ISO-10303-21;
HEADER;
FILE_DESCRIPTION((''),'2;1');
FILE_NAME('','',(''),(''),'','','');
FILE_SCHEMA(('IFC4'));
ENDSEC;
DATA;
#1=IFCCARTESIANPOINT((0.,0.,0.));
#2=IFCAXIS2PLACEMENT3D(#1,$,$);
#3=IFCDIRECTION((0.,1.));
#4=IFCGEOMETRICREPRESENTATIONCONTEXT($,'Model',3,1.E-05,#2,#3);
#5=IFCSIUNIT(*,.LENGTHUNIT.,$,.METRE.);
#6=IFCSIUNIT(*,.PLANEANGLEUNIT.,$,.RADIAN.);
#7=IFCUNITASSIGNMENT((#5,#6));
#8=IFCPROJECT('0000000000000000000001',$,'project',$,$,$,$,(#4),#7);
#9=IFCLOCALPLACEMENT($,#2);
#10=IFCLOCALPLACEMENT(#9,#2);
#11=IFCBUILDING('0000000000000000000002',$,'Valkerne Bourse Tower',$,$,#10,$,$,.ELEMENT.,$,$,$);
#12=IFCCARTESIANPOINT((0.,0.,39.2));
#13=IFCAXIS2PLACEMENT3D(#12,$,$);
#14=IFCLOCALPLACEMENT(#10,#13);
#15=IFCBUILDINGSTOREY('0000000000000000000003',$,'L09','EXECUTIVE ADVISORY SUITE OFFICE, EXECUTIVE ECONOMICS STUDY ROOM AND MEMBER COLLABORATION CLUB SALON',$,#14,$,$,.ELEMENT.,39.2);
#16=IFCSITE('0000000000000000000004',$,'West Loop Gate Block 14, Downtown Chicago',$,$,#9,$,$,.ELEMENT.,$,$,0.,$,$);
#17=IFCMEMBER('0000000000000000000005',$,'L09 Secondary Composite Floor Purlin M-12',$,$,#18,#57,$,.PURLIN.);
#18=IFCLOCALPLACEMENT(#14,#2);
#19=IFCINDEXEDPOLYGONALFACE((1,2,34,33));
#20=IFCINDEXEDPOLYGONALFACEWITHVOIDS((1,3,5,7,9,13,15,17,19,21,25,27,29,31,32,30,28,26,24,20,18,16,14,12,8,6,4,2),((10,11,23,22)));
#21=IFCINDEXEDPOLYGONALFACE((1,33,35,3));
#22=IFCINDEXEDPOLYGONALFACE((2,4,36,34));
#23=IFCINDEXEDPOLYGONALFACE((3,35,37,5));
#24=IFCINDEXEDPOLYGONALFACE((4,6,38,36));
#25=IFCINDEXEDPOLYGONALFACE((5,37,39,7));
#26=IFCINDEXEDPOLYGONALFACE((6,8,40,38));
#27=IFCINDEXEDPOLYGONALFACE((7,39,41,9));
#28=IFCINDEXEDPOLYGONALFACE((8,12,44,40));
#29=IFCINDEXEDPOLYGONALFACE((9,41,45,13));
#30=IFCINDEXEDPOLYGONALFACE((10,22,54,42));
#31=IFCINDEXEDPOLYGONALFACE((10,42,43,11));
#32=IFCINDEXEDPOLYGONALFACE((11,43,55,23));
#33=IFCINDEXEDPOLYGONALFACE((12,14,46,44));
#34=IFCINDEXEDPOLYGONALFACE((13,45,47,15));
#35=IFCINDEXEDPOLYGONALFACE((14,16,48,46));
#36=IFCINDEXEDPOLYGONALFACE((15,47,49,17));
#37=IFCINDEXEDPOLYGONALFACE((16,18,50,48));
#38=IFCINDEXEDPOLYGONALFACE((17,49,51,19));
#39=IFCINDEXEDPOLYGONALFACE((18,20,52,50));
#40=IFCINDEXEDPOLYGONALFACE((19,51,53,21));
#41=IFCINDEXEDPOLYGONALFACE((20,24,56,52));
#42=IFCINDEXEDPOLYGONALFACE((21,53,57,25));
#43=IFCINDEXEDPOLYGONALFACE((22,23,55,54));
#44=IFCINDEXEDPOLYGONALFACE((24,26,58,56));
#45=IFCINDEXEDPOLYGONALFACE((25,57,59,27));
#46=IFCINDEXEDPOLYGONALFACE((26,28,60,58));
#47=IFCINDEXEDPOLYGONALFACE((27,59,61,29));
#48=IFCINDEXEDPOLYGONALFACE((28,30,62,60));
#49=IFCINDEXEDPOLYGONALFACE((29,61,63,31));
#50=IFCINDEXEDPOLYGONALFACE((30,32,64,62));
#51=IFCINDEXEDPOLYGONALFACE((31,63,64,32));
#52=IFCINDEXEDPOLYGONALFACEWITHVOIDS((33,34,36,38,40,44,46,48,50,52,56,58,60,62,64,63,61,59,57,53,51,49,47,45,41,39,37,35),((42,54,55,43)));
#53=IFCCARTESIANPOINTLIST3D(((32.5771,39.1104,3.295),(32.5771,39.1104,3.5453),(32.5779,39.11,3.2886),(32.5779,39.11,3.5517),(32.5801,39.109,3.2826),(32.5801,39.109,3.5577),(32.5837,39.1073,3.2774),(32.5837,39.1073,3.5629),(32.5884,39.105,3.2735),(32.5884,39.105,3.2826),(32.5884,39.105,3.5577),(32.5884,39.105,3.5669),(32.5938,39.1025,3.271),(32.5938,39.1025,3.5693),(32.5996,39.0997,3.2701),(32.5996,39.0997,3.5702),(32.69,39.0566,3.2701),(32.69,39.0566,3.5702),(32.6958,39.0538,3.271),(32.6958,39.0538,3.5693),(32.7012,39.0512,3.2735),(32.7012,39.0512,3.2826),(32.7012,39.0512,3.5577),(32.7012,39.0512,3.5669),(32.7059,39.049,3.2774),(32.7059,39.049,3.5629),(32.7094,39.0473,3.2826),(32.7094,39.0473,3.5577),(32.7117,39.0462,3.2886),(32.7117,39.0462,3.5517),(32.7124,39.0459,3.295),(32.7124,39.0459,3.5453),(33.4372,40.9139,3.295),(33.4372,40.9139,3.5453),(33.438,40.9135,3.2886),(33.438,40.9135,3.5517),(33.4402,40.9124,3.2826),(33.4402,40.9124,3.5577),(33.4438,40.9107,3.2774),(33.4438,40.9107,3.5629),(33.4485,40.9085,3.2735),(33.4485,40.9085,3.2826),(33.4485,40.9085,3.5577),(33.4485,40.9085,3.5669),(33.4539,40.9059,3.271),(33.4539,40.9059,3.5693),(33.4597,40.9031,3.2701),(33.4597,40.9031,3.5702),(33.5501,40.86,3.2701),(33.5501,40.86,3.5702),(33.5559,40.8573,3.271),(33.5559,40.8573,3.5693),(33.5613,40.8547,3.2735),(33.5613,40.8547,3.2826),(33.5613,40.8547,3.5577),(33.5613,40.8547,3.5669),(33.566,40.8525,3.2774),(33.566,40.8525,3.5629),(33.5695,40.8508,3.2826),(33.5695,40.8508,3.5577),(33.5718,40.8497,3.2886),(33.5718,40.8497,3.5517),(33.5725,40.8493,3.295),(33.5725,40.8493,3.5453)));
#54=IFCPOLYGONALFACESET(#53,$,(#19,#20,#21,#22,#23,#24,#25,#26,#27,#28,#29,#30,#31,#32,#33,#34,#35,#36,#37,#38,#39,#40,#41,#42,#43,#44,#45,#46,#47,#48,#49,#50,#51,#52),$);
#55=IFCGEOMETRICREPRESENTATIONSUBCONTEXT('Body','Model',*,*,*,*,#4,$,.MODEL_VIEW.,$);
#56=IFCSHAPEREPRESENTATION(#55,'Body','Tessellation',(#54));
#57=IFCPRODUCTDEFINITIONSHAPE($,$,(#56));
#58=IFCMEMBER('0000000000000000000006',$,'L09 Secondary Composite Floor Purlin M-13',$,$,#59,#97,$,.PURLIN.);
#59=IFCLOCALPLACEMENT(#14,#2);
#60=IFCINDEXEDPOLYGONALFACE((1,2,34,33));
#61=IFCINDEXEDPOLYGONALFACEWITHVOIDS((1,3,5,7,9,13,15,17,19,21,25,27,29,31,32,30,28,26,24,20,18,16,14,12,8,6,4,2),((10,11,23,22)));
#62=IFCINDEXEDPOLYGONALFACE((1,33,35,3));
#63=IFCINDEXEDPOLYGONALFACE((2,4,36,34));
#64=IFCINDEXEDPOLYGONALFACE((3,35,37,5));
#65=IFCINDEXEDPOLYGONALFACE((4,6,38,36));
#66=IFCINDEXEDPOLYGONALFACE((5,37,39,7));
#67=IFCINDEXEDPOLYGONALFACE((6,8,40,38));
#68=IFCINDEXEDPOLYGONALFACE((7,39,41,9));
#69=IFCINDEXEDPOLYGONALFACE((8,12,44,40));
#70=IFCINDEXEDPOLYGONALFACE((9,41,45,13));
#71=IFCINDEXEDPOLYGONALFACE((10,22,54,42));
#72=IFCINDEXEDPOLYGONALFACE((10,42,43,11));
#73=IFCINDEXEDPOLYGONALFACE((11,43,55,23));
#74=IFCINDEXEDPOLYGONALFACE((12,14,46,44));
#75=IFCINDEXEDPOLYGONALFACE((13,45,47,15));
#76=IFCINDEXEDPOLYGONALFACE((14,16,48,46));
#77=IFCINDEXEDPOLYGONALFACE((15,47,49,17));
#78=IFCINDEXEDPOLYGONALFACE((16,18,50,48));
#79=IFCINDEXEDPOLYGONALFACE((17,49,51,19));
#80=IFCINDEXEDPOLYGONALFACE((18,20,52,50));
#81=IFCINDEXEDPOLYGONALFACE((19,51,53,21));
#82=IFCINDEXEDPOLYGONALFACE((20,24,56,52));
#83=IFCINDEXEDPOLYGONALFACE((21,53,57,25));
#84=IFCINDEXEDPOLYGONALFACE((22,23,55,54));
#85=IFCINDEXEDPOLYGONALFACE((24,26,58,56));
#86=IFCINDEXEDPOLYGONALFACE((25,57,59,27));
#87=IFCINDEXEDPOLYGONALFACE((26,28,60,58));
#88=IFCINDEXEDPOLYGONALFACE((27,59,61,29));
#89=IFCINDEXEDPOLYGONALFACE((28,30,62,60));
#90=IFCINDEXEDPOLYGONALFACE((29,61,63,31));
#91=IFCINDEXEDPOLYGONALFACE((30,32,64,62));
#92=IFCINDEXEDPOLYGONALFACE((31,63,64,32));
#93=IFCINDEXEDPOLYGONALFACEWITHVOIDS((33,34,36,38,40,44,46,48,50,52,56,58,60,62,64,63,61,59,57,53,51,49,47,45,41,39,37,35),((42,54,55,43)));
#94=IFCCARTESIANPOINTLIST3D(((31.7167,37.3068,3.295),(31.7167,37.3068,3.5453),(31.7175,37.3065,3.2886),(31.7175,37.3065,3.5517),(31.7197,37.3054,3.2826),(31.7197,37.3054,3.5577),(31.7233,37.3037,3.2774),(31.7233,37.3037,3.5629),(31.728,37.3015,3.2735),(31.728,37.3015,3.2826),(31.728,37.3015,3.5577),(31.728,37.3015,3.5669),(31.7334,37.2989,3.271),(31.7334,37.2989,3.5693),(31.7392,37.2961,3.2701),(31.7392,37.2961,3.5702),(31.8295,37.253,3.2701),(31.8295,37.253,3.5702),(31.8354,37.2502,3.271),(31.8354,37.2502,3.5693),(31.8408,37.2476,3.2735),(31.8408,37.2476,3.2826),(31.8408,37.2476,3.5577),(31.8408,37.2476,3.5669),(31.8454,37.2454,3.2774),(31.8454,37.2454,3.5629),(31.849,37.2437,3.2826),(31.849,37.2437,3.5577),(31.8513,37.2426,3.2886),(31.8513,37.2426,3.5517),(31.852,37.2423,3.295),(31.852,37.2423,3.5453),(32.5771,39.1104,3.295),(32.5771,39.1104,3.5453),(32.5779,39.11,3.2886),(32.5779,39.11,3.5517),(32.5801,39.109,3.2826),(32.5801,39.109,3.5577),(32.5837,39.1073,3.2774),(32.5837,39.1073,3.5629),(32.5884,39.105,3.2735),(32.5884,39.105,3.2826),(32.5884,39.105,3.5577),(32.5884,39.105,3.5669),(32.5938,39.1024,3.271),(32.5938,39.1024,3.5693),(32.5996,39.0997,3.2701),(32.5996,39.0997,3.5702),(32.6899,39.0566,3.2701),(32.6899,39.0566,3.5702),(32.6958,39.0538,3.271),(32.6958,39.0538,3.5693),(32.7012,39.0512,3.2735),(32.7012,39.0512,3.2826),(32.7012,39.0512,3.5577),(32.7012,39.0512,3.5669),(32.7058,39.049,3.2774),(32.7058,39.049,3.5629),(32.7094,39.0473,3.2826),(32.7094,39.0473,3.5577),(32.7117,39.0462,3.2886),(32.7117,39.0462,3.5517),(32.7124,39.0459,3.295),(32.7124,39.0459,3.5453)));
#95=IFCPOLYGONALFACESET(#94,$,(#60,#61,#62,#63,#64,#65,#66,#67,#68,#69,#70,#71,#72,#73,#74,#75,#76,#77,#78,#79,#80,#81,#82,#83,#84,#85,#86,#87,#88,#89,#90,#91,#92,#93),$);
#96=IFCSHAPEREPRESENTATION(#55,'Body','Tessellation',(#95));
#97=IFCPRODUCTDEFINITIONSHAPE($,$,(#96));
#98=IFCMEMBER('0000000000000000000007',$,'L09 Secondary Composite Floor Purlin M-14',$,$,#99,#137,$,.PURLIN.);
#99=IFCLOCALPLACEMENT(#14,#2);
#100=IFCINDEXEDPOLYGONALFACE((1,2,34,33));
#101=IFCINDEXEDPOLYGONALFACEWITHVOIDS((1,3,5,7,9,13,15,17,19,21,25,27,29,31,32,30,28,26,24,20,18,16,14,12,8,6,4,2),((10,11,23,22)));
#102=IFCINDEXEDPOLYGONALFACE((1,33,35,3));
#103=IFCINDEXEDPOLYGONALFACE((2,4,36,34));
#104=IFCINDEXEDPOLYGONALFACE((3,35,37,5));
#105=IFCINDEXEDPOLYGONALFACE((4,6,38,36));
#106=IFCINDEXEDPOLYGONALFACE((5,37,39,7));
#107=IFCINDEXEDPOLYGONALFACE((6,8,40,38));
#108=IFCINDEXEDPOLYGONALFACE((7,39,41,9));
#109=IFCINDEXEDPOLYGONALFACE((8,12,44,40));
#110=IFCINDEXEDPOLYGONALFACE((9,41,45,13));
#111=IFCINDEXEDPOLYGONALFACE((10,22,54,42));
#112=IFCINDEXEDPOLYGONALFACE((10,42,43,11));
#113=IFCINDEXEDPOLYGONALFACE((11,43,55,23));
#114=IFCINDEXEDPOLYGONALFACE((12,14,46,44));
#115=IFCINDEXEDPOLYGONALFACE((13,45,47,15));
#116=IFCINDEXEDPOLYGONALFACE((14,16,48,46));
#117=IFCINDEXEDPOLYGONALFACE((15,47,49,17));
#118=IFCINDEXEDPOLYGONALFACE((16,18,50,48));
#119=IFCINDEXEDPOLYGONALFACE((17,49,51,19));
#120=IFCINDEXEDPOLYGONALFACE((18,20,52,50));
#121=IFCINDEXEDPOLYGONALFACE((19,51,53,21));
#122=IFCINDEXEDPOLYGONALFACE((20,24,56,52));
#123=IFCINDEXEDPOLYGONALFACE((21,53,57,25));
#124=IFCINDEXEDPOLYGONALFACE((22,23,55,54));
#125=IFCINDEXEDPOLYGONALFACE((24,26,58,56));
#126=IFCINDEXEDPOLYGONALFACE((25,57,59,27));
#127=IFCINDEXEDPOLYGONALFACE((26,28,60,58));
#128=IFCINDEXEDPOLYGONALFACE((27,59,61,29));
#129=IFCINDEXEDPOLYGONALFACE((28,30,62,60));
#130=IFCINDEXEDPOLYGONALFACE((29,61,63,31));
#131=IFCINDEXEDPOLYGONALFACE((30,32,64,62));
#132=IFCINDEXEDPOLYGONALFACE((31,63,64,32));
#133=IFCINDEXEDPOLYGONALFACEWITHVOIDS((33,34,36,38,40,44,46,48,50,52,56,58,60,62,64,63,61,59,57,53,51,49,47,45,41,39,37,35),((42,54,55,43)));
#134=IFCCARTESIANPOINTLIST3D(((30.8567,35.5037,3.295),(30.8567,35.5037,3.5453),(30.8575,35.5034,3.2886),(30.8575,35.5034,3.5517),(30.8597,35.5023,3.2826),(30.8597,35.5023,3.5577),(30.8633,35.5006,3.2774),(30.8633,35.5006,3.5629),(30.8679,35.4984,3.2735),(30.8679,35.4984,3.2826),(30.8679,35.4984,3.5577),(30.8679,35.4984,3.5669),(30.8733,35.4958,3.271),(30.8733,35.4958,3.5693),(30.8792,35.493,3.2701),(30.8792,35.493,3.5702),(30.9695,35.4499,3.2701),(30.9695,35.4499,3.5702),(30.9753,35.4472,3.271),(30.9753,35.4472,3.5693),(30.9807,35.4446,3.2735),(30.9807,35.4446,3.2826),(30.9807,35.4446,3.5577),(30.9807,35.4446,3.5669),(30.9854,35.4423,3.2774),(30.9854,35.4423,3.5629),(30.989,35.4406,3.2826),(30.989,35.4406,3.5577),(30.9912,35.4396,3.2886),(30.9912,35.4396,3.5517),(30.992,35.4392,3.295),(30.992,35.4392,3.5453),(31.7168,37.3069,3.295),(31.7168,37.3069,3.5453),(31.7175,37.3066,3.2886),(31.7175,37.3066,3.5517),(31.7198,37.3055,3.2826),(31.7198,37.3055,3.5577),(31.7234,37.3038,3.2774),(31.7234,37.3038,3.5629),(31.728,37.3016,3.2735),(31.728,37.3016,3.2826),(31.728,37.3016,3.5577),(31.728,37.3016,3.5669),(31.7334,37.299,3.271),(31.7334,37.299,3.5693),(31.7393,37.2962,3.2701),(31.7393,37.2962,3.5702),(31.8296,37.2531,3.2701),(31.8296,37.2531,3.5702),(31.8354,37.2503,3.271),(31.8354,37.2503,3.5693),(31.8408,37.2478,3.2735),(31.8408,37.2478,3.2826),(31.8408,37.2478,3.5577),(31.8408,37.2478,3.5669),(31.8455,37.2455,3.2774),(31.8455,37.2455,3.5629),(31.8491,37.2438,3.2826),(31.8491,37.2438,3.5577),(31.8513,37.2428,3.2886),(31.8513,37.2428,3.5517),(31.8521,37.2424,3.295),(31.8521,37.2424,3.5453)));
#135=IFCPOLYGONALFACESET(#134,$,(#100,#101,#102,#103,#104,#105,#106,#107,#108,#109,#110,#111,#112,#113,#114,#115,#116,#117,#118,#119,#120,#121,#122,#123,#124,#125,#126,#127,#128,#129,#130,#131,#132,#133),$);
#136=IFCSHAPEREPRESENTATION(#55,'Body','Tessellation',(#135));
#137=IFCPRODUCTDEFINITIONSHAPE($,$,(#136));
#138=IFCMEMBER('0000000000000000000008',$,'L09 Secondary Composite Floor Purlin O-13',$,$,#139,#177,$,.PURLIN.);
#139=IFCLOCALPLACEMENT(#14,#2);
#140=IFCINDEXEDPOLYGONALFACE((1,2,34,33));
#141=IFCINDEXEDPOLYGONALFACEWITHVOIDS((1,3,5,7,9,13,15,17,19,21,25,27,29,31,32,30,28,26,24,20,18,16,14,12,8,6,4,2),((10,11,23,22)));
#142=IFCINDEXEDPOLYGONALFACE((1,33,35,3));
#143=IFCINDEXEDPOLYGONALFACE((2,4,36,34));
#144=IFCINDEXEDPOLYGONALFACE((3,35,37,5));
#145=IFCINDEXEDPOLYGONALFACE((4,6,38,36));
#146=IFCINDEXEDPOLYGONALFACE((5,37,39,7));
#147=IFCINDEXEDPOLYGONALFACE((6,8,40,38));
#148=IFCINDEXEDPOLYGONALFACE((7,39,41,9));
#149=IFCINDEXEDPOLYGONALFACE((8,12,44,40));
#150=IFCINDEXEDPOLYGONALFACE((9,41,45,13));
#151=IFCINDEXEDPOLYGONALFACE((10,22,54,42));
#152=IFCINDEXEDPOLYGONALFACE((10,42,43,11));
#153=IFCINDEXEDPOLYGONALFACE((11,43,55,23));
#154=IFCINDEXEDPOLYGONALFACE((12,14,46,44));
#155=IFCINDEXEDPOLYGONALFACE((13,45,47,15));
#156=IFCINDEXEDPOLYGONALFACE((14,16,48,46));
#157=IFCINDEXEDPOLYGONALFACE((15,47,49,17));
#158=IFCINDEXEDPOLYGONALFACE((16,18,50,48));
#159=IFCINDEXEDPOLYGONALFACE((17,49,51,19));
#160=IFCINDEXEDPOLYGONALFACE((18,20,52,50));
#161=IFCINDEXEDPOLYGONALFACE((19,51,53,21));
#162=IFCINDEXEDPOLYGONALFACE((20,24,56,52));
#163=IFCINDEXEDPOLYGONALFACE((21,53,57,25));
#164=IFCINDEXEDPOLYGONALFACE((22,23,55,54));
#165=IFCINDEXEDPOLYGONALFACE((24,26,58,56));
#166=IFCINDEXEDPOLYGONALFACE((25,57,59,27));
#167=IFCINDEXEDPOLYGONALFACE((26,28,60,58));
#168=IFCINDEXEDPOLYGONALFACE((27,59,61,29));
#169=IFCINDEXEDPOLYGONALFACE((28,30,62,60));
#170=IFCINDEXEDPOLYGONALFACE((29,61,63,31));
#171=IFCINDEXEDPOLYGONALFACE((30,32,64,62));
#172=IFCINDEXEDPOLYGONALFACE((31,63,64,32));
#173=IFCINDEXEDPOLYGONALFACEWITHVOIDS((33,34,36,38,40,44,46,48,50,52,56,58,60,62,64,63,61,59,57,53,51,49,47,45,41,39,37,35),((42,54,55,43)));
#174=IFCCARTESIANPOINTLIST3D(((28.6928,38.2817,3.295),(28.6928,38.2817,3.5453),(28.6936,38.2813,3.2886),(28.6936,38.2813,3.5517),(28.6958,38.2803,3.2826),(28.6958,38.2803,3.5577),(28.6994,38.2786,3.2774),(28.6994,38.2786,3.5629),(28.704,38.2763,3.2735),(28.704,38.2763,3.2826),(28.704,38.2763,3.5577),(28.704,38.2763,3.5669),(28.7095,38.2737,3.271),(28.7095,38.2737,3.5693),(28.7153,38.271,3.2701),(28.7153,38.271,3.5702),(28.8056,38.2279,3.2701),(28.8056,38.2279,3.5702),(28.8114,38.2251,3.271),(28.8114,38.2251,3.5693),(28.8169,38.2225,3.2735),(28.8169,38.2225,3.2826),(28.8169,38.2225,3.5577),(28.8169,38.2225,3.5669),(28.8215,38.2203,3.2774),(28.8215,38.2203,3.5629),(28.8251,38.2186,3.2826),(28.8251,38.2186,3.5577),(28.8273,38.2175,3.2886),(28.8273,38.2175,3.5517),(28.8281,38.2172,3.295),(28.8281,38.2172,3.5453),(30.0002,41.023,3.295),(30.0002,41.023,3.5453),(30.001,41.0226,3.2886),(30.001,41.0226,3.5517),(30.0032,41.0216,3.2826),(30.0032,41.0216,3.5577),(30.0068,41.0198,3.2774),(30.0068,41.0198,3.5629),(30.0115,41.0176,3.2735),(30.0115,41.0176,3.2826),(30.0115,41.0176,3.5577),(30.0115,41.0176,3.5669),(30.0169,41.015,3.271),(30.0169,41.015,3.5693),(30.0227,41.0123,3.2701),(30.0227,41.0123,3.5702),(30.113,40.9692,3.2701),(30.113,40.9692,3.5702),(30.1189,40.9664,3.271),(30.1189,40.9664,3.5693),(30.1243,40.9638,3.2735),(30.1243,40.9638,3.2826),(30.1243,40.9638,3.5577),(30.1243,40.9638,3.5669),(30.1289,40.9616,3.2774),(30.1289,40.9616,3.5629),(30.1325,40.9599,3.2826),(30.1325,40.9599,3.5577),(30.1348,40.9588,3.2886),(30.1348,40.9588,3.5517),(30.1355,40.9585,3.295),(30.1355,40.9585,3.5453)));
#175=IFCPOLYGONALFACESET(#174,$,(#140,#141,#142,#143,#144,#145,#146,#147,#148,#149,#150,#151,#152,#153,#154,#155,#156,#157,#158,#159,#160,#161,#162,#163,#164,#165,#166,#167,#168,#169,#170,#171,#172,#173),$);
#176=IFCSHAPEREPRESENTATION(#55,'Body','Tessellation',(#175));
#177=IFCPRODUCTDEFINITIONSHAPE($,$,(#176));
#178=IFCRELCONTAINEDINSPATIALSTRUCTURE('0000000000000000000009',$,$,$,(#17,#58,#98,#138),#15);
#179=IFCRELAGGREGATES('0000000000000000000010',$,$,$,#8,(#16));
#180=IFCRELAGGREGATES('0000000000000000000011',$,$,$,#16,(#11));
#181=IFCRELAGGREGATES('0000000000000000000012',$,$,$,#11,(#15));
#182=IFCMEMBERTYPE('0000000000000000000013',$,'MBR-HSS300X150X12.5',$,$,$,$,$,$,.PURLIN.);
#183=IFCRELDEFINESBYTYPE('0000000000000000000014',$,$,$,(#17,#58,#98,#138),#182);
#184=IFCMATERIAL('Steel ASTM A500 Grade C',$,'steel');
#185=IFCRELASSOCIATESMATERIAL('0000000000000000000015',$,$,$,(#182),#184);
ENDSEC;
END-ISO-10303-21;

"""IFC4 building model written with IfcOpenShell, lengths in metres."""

from ifc_helpers import new_model, si_unit, direction, frame, origin, origin_2d, place, context, subcontext, project, spatial, hollow_rectangle, extrude, material, material_profile, profile_set, type_object, element, save


model = new_model("IFC4")

# Units and contexts
model_context = context("Model", 3, precision=1e-05, world=origin(), true_north=direction((0.0, 1.0)))
body_context = subcontext(model_context, "Body", "Model", "MODEL_VIEW")
ifc_project = project(units=[si_unit("LENGTHUNIT", "METRE"), si_unit("PLANEANGLEUNIT", "RADIAN")], contexts=[model_context])

# Site, building, storey
site_placement = place(None, origin())
site = spatial("IfcSite", under=ifc_project, at=site_placement, Name="West Loop Gate Block 14, Downtown Chicago", CompositionType="ELEMENT", RefElevation=0.0)
building_placement = place(site_placement, origin())
building = spatial("IfcBuilding", under=site, at=building_placement, Name="Valkerne Bourse Tower", CompositionType="ELEMENT")
storey_placement = place(building_placement, frame((0.0, 0.0, 39.2)))
storey = spatial("IfcBuildingStorey", under=building, at=storey_placement, Name="L09", Description="EXECUTIVE ADVISORY SUITE OFFICE, EXECUTIVE ECONOMICS STUDY ROOM AND MEMBER COLLABORATION CLUB SALON", CompositionType="ELEMENT", Elevation=39.2)

# Members
ifc_material_1 = material(Name="Steel ASTM A500 Grade C", Category="steel")
ifc_material_profile_1 = material_profile(ifc_material_1, hollow_rectangle(XDim=0.1499, YDim=0.3, WallThickness=0.0125, OuterFilletRadius=0.0249, at=origin_2d()), Name="HSS300X150X12.5")
ifc_profile_set_1 = profile_set([ifc_material_profile_1], Name="Steel ASTM A500 Grade C")
member_type_1 = type_object("IfcMemberType", Name="MBR-HSS300X150X12.5", PredefinedType="PURLIN", material=ifc_profile_set_1)
member_1_placement = place(storey_placement, frame((33.5049, 40.8816, 3.4202), z_axis=(-0.430469, -0.902605, 0.0), x_axis=(0.902605, -0.430469, 0.0)))
element("IfcMember", 1, at=member_1_placement, inside=storey, type_object=member_type_1, Name="L09 Secondary Composite Floor Purlin M-12", PredefinedType="PURLIN", context=body_context, shape_type="SweptSolid", body=[
    extrude(hollow_rectangle(XDim=0.1499, YDim=0.3, WallThickness=0.0125, OuterFilletRadius=0.0249, at=origin_2d()), origin(), (0.0, 0.0, 1.0), 1.998),
])
member_2_placement = place(storey_placement, frame((32.6448, 39.0781, 3.4202), z_axis=(-0.430569, -0.902558, 0.0), x_axis=(0.902558, -0.430569, 0.0)))
element("IfcMember", 2, at=member_2_placement, inside=storey, type_object=member_type_1, Name="L09 Secondary Composite Floor Purlin M-13", PredefinedType="PURLIN", context=body_context, shape_type="SweptSolid", body=[
    extrude(hollow_rectangle(XDim=0.1499, YDim=0.3, WallThickness=0.0125, OuterFilletRadius=0.0249, at=origin_2d()), origin(), (0.0, 0.0, 1.0), 1.9983),
])
member_3_placement = place(storey_placement, frame((31.7844, 37.2747, 3.4202), z_axis=(-0.430517, -0.902582, 0.0), x_axis=(0.902582, -0.430517, 0.0)))
element("IfcMember", 3, at=member_3_placement, inside=storey, type_object=member_type_1, Name="L09 Secondary Composite Floor Purlin M-14", PredefinedType="PURLIN", context=body_context, shape_type="SweptSolid", body=[
    extrude(hollow_rectangle(XDim=0.1499, YDim=0.3, WallThickness=0.0125, OuterFilletRadius=0.0249, at=origin_2d()), origin(), (0.0, 0.0, 1.0), 1.9978),
])
member_4_placement = place(storey_placement, frame((30.0679, 40.9907, 3.4202), z_axis=(-0.43048, -0.9026, 0.0), x_axis=(0.9026, -0.43048, 0.0)))
element("IfcMember", 4, at=member_4_placement, inside=storey, type_object=member_type_1, Name="L09 Secondary Composite Floor Purlin O-13", PredefinedType="PURLIN", context=body_context, shape_type="SweptSolid", body=[
    extrude(hollow_rectangle(XDim=0.1499, YDim=0.3, WallThickness=0.0125, OuterFilletRadius=0.0249, at=origin_2d()), origin(), (0.0, 0.0, 1.0), 3.0371),
])

save(model, "model.ifc")
